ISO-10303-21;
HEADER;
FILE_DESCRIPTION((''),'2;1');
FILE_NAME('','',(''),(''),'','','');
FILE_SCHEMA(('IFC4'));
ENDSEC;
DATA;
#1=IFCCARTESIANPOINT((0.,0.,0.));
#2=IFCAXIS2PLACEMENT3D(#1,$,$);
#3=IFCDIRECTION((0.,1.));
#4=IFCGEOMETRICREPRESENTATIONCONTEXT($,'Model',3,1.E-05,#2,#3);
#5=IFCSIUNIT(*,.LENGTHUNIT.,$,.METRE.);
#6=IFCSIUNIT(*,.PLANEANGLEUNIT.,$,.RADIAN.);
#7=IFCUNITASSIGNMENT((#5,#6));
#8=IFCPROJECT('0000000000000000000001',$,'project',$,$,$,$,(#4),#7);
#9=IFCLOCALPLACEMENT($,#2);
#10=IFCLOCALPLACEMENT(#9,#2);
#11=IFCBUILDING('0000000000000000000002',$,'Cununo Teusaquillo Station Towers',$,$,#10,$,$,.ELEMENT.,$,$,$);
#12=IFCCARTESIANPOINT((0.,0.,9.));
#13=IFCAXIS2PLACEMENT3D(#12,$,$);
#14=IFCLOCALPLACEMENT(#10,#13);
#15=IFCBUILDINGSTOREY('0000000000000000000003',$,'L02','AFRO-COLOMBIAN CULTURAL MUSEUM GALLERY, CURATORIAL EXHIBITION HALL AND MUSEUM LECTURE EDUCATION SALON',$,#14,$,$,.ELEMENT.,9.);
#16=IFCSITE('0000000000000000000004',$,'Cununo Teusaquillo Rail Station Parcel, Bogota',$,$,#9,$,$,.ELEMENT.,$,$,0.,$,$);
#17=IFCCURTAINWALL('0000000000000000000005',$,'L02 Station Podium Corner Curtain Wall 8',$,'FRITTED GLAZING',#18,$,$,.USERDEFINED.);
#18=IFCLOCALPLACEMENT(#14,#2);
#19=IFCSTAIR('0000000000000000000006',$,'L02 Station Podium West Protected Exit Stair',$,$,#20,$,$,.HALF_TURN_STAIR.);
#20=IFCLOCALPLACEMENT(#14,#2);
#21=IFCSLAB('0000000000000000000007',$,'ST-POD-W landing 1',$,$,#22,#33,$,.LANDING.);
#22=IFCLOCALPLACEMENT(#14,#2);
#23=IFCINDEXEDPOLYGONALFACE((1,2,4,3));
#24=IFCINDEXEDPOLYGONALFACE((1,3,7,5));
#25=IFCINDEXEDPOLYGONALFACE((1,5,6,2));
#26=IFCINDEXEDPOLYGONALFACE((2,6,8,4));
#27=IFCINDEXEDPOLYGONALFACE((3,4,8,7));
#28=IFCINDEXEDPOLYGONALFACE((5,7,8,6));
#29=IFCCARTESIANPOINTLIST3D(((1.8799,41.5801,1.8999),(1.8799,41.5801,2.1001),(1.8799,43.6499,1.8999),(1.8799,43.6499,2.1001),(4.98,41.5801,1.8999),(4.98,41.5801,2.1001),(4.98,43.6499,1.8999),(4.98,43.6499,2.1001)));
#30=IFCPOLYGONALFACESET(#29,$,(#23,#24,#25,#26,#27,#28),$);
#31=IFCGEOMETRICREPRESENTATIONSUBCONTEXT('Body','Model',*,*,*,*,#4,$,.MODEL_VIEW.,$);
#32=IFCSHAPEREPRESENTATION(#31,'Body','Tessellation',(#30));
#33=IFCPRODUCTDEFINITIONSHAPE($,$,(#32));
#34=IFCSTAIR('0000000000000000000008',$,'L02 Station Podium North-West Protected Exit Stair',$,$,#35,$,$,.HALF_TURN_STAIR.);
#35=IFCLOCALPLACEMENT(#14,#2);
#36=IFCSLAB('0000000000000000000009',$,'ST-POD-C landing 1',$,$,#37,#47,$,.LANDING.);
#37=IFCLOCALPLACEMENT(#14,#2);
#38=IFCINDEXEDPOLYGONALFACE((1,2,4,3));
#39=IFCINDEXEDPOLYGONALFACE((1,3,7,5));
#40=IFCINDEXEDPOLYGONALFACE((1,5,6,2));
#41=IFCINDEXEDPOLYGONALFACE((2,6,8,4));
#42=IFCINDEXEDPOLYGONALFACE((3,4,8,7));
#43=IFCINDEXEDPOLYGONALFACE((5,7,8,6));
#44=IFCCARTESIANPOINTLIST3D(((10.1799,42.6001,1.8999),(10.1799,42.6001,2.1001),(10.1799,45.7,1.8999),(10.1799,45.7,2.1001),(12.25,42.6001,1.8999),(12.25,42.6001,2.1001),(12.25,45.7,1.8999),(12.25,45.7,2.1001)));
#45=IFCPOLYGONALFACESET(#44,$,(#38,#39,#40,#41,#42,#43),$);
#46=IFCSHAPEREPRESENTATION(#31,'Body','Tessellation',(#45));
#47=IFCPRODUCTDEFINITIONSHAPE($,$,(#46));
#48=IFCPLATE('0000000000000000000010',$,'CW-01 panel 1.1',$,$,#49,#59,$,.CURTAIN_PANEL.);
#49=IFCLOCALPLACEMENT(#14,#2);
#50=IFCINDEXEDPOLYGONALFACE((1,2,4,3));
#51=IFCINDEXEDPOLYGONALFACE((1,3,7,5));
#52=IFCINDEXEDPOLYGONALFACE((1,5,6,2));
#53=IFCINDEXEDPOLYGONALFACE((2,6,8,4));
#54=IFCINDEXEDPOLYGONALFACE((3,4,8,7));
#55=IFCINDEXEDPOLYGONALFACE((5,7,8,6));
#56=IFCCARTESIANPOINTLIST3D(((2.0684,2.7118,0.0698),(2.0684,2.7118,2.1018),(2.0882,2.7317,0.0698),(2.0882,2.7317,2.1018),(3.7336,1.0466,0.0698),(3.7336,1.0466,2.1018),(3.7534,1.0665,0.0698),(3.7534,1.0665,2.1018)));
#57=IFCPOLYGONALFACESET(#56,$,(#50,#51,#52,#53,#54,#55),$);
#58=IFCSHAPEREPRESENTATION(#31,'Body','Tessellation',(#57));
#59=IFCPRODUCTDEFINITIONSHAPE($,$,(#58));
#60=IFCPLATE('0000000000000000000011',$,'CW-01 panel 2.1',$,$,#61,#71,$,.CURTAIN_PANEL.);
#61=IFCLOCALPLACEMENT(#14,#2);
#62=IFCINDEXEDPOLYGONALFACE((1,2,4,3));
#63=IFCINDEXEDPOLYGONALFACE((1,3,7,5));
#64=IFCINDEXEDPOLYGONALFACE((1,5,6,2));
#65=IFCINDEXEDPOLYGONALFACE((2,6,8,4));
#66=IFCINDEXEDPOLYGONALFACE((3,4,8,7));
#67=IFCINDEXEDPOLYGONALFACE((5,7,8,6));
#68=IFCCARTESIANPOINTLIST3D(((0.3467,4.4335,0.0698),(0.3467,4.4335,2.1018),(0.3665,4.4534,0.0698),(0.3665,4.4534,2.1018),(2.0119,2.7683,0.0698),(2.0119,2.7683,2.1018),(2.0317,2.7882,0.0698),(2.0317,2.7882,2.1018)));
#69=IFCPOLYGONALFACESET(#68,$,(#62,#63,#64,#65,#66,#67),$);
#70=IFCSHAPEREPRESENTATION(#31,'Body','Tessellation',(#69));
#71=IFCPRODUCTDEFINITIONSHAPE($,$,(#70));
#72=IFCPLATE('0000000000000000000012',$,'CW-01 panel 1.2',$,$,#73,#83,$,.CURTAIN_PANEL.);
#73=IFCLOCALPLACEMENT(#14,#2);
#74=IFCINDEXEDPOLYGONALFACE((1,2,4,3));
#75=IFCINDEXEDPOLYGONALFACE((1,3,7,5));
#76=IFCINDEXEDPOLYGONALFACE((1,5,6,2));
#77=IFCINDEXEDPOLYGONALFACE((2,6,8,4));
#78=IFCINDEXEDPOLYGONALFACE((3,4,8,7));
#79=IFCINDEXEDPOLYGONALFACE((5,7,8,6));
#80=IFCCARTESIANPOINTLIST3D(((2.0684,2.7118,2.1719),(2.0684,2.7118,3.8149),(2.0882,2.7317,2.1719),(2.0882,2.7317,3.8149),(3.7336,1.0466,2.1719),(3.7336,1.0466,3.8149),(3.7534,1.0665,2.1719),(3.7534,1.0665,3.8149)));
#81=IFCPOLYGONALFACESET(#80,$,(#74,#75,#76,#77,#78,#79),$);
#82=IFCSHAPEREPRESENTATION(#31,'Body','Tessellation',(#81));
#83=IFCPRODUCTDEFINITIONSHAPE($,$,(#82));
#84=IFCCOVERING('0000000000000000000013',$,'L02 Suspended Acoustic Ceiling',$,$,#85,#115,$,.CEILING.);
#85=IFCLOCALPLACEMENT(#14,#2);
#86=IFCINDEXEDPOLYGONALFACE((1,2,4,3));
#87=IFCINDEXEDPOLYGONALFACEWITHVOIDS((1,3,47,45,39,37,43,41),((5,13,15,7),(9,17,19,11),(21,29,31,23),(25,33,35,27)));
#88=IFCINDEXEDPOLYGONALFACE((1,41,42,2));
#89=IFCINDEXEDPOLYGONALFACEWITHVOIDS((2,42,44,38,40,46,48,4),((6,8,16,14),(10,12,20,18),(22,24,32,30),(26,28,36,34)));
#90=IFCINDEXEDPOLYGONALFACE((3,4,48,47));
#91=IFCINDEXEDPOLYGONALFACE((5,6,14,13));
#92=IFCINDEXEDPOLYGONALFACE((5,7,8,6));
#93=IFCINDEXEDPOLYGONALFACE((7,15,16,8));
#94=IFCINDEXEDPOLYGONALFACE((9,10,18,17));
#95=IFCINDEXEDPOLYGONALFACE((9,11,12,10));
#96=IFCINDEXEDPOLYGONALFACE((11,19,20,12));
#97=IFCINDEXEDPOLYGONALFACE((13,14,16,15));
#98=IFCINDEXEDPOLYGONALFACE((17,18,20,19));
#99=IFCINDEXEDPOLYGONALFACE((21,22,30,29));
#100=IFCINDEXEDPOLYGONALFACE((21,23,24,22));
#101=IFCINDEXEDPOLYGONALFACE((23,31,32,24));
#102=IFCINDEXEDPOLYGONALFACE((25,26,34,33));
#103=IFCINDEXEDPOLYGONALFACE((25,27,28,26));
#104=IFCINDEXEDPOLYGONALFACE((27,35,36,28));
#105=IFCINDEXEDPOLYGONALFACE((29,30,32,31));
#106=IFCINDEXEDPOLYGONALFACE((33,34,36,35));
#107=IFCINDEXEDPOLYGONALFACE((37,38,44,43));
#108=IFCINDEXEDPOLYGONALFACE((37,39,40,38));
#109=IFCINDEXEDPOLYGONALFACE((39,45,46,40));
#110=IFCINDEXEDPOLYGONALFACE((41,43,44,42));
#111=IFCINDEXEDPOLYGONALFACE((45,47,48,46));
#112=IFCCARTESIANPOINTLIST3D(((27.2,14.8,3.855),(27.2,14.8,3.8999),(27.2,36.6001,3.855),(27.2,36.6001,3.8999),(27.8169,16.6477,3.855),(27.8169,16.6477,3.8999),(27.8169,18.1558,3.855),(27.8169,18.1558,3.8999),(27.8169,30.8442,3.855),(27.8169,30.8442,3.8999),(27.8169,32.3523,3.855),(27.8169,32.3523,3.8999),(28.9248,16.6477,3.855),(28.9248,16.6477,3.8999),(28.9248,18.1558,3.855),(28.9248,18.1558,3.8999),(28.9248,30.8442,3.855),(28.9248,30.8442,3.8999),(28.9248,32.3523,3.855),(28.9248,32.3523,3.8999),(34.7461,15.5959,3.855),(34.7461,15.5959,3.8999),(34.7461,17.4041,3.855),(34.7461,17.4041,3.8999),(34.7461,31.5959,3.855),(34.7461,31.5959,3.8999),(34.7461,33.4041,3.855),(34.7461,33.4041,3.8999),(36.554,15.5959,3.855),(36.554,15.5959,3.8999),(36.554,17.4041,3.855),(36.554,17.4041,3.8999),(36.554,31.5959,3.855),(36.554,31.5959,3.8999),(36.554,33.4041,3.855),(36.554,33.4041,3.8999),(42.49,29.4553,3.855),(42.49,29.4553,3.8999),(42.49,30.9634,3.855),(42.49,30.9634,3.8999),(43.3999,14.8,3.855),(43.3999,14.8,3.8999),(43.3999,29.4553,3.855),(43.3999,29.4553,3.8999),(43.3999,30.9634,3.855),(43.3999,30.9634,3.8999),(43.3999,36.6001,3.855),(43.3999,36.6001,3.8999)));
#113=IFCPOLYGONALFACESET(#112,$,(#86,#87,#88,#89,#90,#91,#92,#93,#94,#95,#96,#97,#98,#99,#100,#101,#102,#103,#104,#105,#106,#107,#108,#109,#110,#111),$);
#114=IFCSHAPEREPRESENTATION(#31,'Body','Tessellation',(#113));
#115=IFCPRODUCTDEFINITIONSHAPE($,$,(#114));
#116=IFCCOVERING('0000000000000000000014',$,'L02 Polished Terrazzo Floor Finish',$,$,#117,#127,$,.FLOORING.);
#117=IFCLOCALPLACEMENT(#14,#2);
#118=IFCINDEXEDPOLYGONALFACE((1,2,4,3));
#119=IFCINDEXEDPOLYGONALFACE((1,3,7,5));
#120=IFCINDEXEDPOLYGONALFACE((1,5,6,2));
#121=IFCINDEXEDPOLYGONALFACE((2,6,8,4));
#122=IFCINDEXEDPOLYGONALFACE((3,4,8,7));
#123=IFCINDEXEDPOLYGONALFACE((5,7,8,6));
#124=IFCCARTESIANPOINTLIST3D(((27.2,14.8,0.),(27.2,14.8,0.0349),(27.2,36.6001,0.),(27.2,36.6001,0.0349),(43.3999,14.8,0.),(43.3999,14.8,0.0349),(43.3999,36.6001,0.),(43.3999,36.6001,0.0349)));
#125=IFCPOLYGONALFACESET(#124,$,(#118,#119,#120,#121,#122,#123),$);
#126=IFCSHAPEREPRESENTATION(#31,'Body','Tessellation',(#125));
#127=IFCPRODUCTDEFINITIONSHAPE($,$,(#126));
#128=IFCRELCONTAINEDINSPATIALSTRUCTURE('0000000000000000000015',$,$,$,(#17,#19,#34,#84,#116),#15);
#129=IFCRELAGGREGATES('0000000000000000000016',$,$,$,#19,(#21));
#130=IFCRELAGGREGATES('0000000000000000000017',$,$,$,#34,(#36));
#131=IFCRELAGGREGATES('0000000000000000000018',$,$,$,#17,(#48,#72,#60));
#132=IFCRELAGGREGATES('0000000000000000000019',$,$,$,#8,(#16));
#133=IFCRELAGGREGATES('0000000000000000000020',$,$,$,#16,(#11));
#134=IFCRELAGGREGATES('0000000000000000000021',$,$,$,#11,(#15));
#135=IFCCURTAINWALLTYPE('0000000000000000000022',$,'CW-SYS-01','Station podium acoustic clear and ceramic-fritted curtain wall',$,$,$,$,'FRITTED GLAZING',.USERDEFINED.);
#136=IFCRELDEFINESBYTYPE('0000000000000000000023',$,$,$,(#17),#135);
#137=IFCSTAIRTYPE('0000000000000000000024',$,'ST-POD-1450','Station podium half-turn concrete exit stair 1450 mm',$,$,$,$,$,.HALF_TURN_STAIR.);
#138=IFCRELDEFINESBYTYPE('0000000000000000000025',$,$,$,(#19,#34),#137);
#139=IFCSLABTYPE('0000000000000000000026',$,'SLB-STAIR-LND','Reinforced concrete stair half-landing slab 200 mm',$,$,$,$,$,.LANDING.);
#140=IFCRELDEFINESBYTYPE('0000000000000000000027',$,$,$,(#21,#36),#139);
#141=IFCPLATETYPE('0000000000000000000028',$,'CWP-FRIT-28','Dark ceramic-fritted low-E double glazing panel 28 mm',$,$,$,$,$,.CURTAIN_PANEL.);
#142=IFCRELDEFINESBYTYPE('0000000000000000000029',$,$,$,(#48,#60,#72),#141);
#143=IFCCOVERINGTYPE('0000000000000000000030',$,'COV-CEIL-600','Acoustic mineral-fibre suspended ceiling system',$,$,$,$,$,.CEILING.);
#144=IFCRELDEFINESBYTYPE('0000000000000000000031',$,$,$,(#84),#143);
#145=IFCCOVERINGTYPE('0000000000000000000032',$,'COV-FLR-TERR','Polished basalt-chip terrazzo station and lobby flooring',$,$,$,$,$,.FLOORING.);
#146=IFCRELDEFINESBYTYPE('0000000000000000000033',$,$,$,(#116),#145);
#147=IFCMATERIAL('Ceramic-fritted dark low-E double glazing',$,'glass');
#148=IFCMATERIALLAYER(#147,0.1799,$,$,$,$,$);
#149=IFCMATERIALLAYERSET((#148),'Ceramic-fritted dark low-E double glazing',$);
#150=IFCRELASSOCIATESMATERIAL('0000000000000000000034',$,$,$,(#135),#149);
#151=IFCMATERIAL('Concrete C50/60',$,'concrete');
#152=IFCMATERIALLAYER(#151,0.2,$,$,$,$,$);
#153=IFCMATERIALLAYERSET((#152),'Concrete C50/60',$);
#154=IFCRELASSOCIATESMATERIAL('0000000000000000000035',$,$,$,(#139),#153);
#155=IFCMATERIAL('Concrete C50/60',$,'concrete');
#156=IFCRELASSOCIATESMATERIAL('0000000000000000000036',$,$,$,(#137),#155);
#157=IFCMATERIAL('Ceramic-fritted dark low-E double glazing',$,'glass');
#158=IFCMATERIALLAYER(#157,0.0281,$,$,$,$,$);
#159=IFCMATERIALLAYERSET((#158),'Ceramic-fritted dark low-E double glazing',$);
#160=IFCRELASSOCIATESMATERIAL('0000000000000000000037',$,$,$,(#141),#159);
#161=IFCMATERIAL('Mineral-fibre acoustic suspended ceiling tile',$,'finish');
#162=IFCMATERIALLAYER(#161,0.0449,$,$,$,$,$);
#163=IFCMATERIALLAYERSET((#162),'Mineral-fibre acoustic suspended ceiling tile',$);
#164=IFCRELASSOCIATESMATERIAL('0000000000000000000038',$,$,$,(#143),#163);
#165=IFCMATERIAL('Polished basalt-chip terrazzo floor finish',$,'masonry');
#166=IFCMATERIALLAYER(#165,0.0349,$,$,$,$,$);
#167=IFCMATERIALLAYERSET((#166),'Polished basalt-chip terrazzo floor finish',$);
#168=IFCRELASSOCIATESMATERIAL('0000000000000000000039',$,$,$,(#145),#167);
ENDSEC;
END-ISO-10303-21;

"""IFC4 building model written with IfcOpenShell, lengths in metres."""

from ifc_helpers import new_model, si_unit, direction, frame, origin, origin_2d, place, context, subcontext, project, spatial, polyline, rectangle, outline, extrude, source, transform, mapped, material, layer, layer_set, type_object, element, aggregate, save


model = new_model("IFC4")

# Units and contexts
model_context = context("Model", 3, precision=1e-05, world=origin(), true_north=direction((0.0, 1.0)))
body_context = subcontext(model_context, "Body", "Model", "MODEL_VIEW")
ifc_project = project(units=[si_unit("LENGTHUNIT", "METRE"), si_unit("PLANEANGLEUNIT", "RADIAN")], contexts=[model_context])

# Site, building, storey
site_placement = place(None, origin())
site = spatial("IfcSite", under=ifc_project, at=site_placement, Name="Cununo Teusaquillo Rail Station Parcel, Bogota", CompositionType="ELEMENT", RefElevation=0.0)
building_placement = place(site_placement, origin())
building = spatial("IfcBuilding", under=site, at=building_placement, Name="Cununo Teusaquillo Station Towers", CompositionType="ELEMENT")
storey_placement = place(building_placement, frame((0.0, 0.0, 9.0)))
storey = spatial("IfcBuildingStorey", under=building, at=storey_placement, Name="L02", Description="AFRO-COLOMBIAN CULTURAL MUSEUM GALLERY, CURATORIAL EXHIBITION HALL AND MUSEUM LECTURE EDUCATION SALON", CompositionType="ELEMENT", Elevation=9.0)

# Curtain wall
ifc_material_1 = material(Name="Ceramic-fritted dark low-E double glazing", Category="glass")
ifc_layer_1 = layer(ifc_material_1, 0.1799)
ifc_layer_set_1 = layer_set([ifc_layer_1], Name="Ceramic-fritted dark low-E double glazing")
curtain_wall_type = type_object("IfcCurtainWallType", Name="CW-SYS-01", Description="Station podium acoustic clear and ceramic-fritted curtain wall", ElementType="FRITTED GLAZING", PredefinedType="USERDEFINED", material=ifc_layer_set_1)
curtain_wall_placement = place(storey_placement, origin())
curtain_wall = element("IfcCurtainWall", 1, at=curtain_wall_placement, inside=storey, type_object=curtain_wall_type, Name="L02 Station Podium Corner Curtain Wall 8", ObjectType="FRITTED GLAZING", PredefinedType="USERDEFINED")

# Stairs, slabs
ifc_material_2 = material(Name="Concrete C50/60", Category="concrete")
ifc_layer_2 = layer(ifc_material_2, 0.2)
ifc_layer_set_2 = layer_set([ifc_layer_2], Name="Concrete C50/60")
slab_type_1 = type_object("IfcSlabType", Name="SLB-STAIR-LND", Description="Reinforced concrete stair half-landing slab 200 mm", PredefinedType="LANDING", material=ifc_layer_set_2)
ifc_material_3 = material(Name="Concrete C50/60", Category="concrete")
stair_type_1 = type_object("IfcStairType", Name="ST-POD-1450", Description="Station podium half-turn concrete exit stair 1450 mm", PredefinedType="HALF_TURN_STAIR", material=ifc_material_3)
stair_1_placement = place(storey_placement, origin())
stair_1 = element("IfcStair", 2, at=stair_1_placement, inside=storey, type_object=stair_type_1, Name="L02 Station Podium West Protected Exit Stair", PredefinedType="HALF_TURN_STAIR")
slab_1_placement = place(storey_placement, frame((0.0, 0.0, 1.8999)))
slab_1 = element("IfcSlab", 3, at=slab_1_placement, type_object=slab_type_1, Name="ST-POD-W landing 1", PredefinedType="LANDING", context=body_context, shape_type="SweptSolid", body=[
    extrude(outline(polyline([(4.98, 41.5801), (4.98, 43.6499), (1.8799, 43.6499), (1.8799, 41.5801), (4.98, 41.5801)])), origin(), (0.0, 0.0, 1.0), 0.2002),
])
aggregate(stair_1, [slab_1])
stair_2_placement = place(storey_placement, origin())
stair_2 = element("IfcStair", 4, at=stair_2_placement, inside=storey, type_object=stair_type_1, Name="L02 Station Podium North-West Protected Exit Stair", PredefinedType="HALF_TURN_STAIR")
slab_2_placement = place(storey_placement, frame((0.0, 0.0, 1.8999)))
slab_2 = element("IfcSlab", 5, at=slab_2_placement, type_object=slab_type_1, Name="ST-POD-C landing 1", PredefinedType="LANDING", context=body_context, shape_type="SweptSolid", body=[
    extrude(outline(polyline([(10.1799, 42.6001), (12.25, 42.6001), (12.25, 45.7), (10.1799, 45.7), (10.1799, 42.6001)])), origin(), (0.0, 0.0, 1.0), 0.2002),
])
aggregate(stair_2, [slab_2])

# Plates
ifc_material_4 = material(Name="Ceramic-fritted dark low-E double glazing", Category="glass")
ifc_layer_3 = layer(ifc_material_4, 0.0281)
ifc_layer_set_3 = layer_set([ifc_layer_3], Name="Ceramic-fritted dark low-E double glazing")
plate_type = type_object("IfcPlateType", Name="CWP-FRIT-28", Description="Dark ceramic-fritted low-E double glazing panel 28 mm", PredefinedType="CURTAIN_PANEL", material=ifc_layer_set_3)
shared_shape_1 = source(origin(), body_context, "Body", "SweptSolid", [
    extrude(rectangle(XDim=2.355, YDim=0.0281, at=origin_2d()), origin(), (0.0, 0.0, 1.0), 2.032),
])
plate_1_placement = place(storey_placement, frame((2.9109, 1.8892, 0.0698), z_axis=(0.0, 0.0, 1.0), x_axis=(-0.707107, 0.707107, 0.0)))
plate_1 = element("IfcPlate", 6, at=plate_1_placement, type_object=plate_type, Name="CW-01 panel 1.1", PredefinedType="CURTAIN_PANEL", context=body_context, shape_type="MappedRepresentation", body=[
    mapped(shared_shape_1, transform((0.0, 0.0, 0.0), x_axis=(1.0, 0.0, 0.0), y_axis=(0.0, 1.0, 0.0), z_axis=(0.0, 0.0, 1.0), scale=1.0)),
])
plate_2_placement = place(storey_placement, frame((1.1892, 3.6108, 0.0698), z_axis=(0.0, 0.0, 1.0), x_axis=(-0.707107, 0.707107, 0.0)))
plate_2 = element("IfcPlate", 7, at=plate_2_placement, type_object=plate_type, Name="CW-01 panel 2.1", PredefinedType="CURTAIN_PANEL", context=body_context, shape_type="MappedRepresentation", body=[
    mapped(shared_shape_1, transform((0.0, 0.0, 0.0), x_axis=(1.0, 0.0, 0.0), y_axis=(0.0, 1.0, 0.0), z_axis=(0.0, 0.0, 1.0), scale=1.0)),
])
shared_shape_2 = source(origin(), body_context, "Body", "SweptSolid", [
    extrude(rectangle(XDim=2.355, YDim=0.0281, at=origin_2d()), origin(), (0.0, 0.0, 1.0), 1.6431),
])
plate_3_placement = place(storey_placement, frame((2.9109, 1.8892, 2.1719), z_axis=(0.0, 0.0, 1.0), x_axis=(-0.707107, 0.707107, 0.0)))
plate_3 = element("IfcPlate", 8, at=plate_3_placement, type_object=plate_type, Name="CW-01 panel 1.2", PredefinedType="CURTAIN_PANEL", context=body_context, shape_type="MappedRepresentation", body=[
    mapped(shared_shape_2, transform((0.0, 0.0, 0.0), x_axis=(1.0, 0.0, 0.0), y_axis=(0.0, 1.0, 0.0), z_axis=(0.0, 0.0, 1.0), scale=1.0)),
])
aggregate(curtain_wall, [plate_1, plate_3, plate_2])

# Coverings
ifc_material_5 = material(Name="Mineral-fibre acoustic suspended ceiling tile", Category="finish")
ifc_layer_4 = layer(ifc_material_5, 0.0449)
ifc_layer_set_4 = layer_set([ifc_layer_4], Name="Mineral-fibre acoustic suspended ceiling tile")
covering_type_1 = type_object("IfcCoveringType", Name="COV-CEIL-600", Description="Acoustic mineral-fibre suspended ceiling system", PredefinedType="CEILING", material=ifc_layer_set_4)
covering_1_placement = place(storey_placement, frame((0.0, 0.0, 3.855)))
element("IfcCovering", 9, at=covering_1_placement, inside=storey, type_object=covering_type_1, Name="L02 Suspended Acoustic Ceiling", PredefinedType="CEILING", context=body_context, shape_type="SweptSolid", body=[
    extrude(outline(polyline([(43.3999, 14.8), (27.2, 14.8), (27.2, 36.6001), (43.3999, 36.6001), (43.3999, 30.9634), (42.49, 30.9634), (42.49, 29.4553), (43.3999, 29.4553), (43.3999, 14.8)]), holes=[polyline([(34.7461, 15.5959), (36.554, 15.5959), (36.554, 17.4041), (34.7461, 17.4041), (34.7461, 15.5959)]), polyline([(27.8169, 16.6477), (28.9248, 16.6477), (28.9248, 18.1558), (27.8169, 18.1558), (27.8169, 16.6477)]), polyline([(27.8169, 30.8442), (28.9248, 30.8442), (28.9248, 32.3523), (27.8169, 32.3523), (27.8169, 30.8442)]), polyline([(34.7461, 31.5959), (36.554, 31.5959), (36.554, 33.4041), (34.7461, 33.4041), (34.7461, 31.5959)])]), origin(), (0.0, 0.0, 1.0), 0.0449),
])
ifc_material_6 = material(Name="Polished basalt-chip terrazzo floor finish", Category="masonry")
ifc_layer_5 = layer(ifc_material_6, 0.0349)
ifc_layer_set_5 = layer_set([ifc_layer_5], Name="Polished basalt-chip terrazzo floor finish")
covering_type_2 = type_object("IfcCoveringType", Name="COV-FLR-TERR", Description="Polished basalt-chip terrazzo station and lobby flooring", PredefinedType="FLOORING", material=ifc_layer_set_5)
covering_2_placement = place(storey_placement, origin())
element("IfcCovering", 10, at=covering_2_placement, inside=storey, type_object=covering_type_2, Name="L02 Polished Terrazzo Floor Finish", PredefinedType="FLOORING", context=body_context, shape_type="SweptSolid", body=[
    extrude(outline(polyline([(27.2, 14.8), (43.3999, 14.8), (43.3999, 36.6001), (27.2, 36.6001), (27.2, 14.8)])), origin(), (0.0, 0.0, 1.0), 0.0349),
])

save(model, "model.ifc")
